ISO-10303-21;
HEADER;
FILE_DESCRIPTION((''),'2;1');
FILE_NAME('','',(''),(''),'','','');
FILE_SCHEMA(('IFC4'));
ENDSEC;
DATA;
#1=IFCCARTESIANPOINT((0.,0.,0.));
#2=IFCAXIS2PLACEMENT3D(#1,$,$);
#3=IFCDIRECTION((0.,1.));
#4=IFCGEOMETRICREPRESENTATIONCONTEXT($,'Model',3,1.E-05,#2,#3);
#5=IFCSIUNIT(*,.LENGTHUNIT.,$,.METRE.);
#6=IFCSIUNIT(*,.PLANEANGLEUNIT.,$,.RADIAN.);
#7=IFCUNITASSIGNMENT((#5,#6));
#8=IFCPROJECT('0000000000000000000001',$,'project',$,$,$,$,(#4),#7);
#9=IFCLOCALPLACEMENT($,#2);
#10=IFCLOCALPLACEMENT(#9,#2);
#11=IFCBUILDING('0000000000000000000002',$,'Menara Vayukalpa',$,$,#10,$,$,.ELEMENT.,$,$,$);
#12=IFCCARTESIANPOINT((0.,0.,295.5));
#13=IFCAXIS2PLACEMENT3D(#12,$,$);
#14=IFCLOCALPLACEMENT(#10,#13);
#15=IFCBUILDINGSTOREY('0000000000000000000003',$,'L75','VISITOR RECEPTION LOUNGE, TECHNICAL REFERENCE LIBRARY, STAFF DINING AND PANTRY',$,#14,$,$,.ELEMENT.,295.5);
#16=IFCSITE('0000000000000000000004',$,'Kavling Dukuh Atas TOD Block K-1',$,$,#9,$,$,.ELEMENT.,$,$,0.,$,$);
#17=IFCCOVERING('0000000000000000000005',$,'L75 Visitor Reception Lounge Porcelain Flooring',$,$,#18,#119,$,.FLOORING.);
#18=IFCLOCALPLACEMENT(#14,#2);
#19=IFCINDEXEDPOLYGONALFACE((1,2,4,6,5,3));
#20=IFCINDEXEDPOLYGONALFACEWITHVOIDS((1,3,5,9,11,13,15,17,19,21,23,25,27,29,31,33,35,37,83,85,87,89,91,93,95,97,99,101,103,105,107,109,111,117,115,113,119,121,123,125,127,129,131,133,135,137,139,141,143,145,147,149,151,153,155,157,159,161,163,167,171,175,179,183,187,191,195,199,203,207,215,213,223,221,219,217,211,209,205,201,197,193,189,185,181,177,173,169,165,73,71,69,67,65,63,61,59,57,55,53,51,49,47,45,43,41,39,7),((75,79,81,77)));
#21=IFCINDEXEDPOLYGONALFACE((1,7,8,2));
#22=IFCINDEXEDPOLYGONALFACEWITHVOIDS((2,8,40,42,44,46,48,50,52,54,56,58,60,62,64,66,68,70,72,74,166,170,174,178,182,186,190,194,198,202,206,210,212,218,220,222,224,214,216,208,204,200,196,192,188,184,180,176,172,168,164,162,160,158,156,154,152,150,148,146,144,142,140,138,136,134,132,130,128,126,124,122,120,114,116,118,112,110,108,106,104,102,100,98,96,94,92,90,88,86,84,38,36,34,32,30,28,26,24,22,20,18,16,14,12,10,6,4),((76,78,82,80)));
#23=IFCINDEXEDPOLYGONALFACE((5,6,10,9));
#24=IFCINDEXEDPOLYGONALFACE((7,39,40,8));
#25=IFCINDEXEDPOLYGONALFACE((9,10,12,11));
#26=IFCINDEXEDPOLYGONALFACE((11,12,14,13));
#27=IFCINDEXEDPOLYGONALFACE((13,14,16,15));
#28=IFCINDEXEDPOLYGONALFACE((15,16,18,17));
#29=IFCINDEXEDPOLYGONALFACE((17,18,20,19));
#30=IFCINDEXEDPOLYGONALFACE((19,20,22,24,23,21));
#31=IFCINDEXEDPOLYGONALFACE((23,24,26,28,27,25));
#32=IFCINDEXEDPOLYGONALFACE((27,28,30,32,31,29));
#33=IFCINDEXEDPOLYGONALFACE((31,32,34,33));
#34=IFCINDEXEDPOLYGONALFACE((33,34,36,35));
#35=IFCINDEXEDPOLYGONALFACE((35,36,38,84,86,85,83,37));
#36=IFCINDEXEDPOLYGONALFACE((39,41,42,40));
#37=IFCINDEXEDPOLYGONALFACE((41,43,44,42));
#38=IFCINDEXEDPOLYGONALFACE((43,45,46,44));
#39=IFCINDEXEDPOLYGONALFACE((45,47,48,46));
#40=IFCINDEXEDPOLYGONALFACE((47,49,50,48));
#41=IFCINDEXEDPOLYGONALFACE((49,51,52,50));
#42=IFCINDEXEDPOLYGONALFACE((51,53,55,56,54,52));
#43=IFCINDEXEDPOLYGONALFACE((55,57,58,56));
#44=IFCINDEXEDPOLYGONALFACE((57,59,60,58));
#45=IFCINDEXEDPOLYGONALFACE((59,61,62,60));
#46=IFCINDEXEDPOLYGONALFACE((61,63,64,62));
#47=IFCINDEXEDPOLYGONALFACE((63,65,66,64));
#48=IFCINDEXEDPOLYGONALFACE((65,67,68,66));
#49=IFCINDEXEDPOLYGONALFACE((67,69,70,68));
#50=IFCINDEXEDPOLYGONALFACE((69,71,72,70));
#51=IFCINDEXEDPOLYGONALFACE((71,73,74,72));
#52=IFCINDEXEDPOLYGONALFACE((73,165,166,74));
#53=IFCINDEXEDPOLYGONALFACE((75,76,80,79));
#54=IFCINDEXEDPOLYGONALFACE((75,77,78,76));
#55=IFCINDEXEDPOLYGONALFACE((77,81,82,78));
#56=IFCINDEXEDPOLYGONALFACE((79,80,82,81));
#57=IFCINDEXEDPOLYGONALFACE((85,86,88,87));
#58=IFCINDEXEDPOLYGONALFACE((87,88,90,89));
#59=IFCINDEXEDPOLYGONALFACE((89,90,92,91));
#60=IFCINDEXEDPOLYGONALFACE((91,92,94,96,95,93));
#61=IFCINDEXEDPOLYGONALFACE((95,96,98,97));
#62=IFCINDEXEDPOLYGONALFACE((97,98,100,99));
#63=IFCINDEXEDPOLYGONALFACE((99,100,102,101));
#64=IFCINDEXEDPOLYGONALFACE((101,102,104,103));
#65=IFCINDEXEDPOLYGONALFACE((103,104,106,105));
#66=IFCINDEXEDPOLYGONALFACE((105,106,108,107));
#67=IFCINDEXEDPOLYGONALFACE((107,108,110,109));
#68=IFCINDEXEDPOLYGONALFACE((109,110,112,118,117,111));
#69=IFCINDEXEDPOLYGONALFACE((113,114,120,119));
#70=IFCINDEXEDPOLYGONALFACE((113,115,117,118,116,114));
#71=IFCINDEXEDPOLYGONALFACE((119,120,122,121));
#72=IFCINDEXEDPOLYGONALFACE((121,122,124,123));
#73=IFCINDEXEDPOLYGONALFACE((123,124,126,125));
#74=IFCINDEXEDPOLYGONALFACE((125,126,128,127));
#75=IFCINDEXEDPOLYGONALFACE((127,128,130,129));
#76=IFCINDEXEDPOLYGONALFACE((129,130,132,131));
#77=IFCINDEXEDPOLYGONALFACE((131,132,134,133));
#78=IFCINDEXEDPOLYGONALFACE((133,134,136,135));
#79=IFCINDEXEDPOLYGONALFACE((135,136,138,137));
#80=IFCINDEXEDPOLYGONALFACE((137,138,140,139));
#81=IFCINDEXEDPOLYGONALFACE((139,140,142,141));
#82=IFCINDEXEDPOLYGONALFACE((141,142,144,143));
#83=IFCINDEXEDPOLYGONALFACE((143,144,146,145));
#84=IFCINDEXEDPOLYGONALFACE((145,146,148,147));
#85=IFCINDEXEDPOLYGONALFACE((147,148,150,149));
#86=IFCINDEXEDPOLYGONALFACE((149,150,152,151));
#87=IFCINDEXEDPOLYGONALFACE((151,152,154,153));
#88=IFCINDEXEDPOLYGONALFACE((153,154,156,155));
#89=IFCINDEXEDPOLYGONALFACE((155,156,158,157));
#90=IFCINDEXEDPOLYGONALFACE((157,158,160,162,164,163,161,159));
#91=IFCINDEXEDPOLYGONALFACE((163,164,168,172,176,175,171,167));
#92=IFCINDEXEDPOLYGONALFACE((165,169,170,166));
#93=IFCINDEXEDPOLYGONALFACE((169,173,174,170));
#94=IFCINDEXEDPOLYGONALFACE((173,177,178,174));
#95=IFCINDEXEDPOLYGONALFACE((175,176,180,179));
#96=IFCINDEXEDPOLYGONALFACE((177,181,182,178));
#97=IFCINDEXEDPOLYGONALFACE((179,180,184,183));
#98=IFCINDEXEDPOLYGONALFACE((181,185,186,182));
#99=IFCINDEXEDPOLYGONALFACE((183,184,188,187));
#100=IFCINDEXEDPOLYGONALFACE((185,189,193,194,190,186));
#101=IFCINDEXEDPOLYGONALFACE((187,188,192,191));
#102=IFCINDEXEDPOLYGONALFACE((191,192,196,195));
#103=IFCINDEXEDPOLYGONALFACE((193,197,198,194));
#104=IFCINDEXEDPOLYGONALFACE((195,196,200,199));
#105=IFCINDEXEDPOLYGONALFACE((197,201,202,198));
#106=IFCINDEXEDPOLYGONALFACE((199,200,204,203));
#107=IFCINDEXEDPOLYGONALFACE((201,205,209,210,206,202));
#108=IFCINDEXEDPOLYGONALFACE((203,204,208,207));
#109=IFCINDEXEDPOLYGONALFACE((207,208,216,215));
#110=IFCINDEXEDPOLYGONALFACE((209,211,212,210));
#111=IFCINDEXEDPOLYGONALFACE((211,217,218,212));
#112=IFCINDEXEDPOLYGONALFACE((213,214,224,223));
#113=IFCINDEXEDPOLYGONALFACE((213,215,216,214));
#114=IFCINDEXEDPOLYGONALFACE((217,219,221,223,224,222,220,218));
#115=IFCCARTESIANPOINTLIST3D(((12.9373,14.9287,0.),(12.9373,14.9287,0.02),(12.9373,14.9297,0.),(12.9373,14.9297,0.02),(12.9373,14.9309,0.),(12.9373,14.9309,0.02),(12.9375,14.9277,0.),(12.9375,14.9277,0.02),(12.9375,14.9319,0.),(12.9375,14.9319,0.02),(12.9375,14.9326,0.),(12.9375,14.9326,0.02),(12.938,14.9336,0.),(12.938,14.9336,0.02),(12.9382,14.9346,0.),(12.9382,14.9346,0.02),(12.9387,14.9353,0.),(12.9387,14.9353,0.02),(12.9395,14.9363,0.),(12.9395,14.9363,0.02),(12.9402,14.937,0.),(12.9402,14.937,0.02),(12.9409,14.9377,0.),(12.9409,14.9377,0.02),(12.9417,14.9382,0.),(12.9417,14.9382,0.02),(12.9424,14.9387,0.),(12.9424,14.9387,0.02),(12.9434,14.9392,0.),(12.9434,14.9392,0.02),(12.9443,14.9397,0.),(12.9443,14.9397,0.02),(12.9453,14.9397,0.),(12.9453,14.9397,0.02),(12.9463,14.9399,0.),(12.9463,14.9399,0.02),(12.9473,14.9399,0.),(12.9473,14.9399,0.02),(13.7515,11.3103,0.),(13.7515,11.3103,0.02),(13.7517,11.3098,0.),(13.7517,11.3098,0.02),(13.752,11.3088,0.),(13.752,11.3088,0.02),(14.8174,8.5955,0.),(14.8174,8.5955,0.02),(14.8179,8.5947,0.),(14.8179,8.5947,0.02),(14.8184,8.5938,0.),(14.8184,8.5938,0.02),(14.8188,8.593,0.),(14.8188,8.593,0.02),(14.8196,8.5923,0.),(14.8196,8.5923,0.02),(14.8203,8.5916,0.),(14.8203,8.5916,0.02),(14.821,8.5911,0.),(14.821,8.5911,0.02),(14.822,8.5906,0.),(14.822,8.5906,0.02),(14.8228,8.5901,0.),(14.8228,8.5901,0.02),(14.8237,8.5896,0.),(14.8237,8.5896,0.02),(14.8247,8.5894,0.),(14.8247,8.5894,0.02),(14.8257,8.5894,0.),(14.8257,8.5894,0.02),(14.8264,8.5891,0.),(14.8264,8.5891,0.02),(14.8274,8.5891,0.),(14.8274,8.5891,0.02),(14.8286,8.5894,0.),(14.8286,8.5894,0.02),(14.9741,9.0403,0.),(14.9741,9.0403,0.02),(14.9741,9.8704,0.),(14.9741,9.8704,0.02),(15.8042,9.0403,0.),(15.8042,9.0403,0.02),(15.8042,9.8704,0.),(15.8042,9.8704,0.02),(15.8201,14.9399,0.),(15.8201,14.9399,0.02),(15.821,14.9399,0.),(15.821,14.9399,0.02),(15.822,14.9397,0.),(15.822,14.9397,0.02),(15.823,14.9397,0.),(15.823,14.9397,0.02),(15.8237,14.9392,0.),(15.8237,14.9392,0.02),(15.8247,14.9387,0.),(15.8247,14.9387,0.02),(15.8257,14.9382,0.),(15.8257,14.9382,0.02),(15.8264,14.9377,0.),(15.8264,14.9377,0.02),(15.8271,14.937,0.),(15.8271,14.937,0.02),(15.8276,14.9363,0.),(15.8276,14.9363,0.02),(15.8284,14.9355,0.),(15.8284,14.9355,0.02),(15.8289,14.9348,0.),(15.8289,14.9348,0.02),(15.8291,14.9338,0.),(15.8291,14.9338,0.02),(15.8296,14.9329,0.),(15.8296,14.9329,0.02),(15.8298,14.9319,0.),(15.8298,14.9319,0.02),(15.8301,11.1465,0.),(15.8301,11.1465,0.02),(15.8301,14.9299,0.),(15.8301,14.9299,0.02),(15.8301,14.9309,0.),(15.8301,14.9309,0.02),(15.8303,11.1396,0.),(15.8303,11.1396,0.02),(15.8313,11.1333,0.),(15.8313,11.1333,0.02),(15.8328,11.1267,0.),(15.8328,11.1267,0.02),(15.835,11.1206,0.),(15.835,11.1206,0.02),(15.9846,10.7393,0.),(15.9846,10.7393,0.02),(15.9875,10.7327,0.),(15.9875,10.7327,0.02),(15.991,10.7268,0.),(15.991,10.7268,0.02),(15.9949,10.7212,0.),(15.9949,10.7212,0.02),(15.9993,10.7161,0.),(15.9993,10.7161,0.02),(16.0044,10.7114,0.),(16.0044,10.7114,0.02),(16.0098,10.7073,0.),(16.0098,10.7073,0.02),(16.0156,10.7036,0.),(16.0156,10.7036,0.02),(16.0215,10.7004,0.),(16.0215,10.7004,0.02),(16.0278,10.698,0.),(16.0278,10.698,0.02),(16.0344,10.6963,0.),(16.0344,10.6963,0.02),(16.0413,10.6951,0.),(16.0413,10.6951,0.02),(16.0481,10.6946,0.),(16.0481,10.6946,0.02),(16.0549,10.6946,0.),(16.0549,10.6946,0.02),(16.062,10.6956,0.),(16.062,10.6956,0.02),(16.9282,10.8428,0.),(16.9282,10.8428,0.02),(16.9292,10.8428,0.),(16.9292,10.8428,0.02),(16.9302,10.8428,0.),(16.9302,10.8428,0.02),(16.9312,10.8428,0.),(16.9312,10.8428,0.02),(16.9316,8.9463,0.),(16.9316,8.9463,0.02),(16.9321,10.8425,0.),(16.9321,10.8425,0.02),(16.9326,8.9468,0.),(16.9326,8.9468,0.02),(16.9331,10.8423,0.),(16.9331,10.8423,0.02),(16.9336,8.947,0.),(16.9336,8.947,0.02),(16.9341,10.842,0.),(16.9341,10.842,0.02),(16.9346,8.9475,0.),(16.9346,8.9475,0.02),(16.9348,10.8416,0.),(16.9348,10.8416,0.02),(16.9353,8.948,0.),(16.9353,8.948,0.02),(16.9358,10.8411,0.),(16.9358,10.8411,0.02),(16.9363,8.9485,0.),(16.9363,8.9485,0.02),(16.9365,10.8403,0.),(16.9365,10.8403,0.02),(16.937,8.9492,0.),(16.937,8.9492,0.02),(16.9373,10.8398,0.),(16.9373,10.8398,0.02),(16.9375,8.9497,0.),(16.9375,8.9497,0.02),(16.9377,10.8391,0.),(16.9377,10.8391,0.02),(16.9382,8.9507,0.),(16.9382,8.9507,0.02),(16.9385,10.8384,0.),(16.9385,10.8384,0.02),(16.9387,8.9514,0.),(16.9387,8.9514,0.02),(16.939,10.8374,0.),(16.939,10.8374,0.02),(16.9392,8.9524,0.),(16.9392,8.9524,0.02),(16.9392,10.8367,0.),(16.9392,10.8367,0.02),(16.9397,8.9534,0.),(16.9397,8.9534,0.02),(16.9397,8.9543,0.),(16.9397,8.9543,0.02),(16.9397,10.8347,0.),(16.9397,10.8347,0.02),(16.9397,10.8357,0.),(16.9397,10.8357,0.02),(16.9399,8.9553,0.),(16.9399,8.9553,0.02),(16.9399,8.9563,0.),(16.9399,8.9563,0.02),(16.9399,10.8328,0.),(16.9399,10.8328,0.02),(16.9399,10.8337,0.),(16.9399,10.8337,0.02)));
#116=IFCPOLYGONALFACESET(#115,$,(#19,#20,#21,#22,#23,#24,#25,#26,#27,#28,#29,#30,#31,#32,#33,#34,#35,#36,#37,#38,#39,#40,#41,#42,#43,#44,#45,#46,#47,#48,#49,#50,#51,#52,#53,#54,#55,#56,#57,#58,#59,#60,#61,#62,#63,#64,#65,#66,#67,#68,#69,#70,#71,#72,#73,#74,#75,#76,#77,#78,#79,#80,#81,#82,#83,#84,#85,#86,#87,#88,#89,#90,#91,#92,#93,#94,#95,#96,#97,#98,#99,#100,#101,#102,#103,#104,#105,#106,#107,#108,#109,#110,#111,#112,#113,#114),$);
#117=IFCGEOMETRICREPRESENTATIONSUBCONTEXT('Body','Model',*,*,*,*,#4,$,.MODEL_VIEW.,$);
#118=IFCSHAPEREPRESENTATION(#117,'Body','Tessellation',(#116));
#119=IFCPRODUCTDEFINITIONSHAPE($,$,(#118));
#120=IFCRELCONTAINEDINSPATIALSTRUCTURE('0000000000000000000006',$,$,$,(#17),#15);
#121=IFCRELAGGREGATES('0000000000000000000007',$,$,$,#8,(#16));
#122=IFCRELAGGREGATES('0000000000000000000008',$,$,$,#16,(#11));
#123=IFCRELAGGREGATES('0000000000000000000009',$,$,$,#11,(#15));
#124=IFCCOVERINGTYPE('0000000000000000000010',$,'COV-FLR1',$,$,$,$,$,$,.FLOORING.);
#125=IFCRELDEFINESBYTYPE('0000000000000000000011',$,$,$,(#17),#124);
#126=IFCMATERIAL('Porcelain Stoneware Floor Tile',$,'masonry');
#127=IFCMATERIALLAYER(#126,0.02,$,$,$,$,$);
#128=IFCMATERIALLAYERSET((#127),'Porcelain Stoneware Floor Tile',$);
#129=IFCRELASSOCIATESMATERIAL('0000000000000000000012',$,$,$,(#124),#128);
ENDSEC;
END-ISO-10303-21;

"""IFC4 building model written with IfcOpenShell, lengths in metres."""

from ifc_helpers import new_model, si_unit, direction, frame, origin, place, context, subcontext, project, spatial, polyline, outline, extrude, material, layer, layer_set, type_object, element, save


model = new_model("IFC4")

# Units and contexts
model_context = context("Model", 3, precision=1e-05, world=origin(), true_north=direction((0.0, 1.0)))
body_context = subcontext(model_context, "Body", "Model", "MODEL_VIEW")
ifc_project = project(units=[si_unit("LENGTHUNIT", "METRE"), si_unit("PLANEANGLEUNIT", "RADIAN")], contexts=[model_context])

# Site, building, storey
site_placement = place(None, origin())
site = spatial("IfcSite", under=ifc_project, at=site_placement, Name="Kavling Dukuh Atas TOD Block K-1", CompositionType="ELEMENT", RefElevation=0.0)
building_placement = place(site_placement, origin())
building = spatial("IfcBuilding", under=site, at=building_placement, Name="Menara Vayukalpa", CompositionType="ELEMENT")
storey_placement = place(building_placement, frame((0.0, 0.0, 295.5)))
storey = spatial("IfcBuildingStorey", under=building, at=storey_placement, Name="L75", Description="VISITOR RECEPTION LOUNGE, TECHNICAL REFERENCE LIBRARY, STAFF DINING AND PANTRY", CompositionType="ELEMENT", Elevation=295.5)

# Covering
ifc_material_1 = material(Name="Porcelain Stoneware Floor Tile", Category="masonry")
ifc_layer_1 = layer(ifc_material_1, 0.02)
ifc_layer_set_1 = layer_set([ifc_layer_1], Name="Porcelain Stoneware Floor Tile")
covering_type_1 = type_object("IfcCoveringType", Name="COV-FLR1", PredefinedType="FLOORING", material=ifc_layer_set_1)
covering_1_placement = place(storey_placement, origin())
element("IfcCovering", 1, at=covering_1_placement, inside=storey, type_object=covering_type_1, Name="L75 Visitor Reception Lounge Porcelain Flooring", PredefinedType="FLOORING", context=body_context, shape_type="SweptSolid", body=[
    extrude(outline(polyline([(14.8264, 8.5891), (14.8257, 8.5894), (14.8247, 8.5894), (14.8237, 8.5896), (14.8228, 8.5901), (14.822, 8.5906), (14.821, 8.5911), (14.8203, 8.5916), (14.8196, 8.5923), (14.8188, 8.593), (14.8184, 8.5938), (14.8179, 8.5947), (14.8174, 8.5955), (13.752, 11.3088), (13.7517, 11.3098), (13.7515, 11.3103), (12.9375, 14.9277), (12.9373, 14.9287), (12.9373, 14.9297), (12.9373, 14.9309), (12.9375, 14.9319), (12.9375, 14.9326), (12.938, 14.9336), (12.9382, 14.9346), (12.9387, 14.9353), (12.9395, 14.9363), (12.9402, 14.937), (12.9409, 14.9377), (12.9417, 14.9382), (12.9424, 14.9387), (12.9434, 14.9392), (12.9443, 14.9397), (12.9453, 14.9397), (12.9463, 14.9399), (12.9473, 14.9399), (15.8201, 14.9399), (15.821, 14.9399), (15.822, 14.9397), (15.823, 14.9397), (15.8237, 14.9392), (15.8247, 14.9387), (15.8257, 14.9382), (15.8264, 14.9377), (15.8271, 14.937), (15.8276, 14.9363), (15.8284, 14.9355), (15.8289, 14.9348), (15.8291, 14.9338), (15.8296, 14.9329), (15.8298, 14.9319), (15.8301, 14.9309), (15.8301, 14.9299), (15.8301, 11.1465), (15.8303, 11.1396), (15.8313, 11.1333), (15.8328, 11.1267), (15.835, 11.1206), (15.9846, 10.7393), (15.9875, 10.7327), (15.991, 10.7268), (15.9949, 10.7212), (15.9993, 10.7161), (16.0044, 10.7114), (16.0098, 10.7073), (16.0156, 10.7036), (16.0215, 10.7004), (16.0278, 10.698), (16.0344, 10.6963), (16.0413, 10.6951), (16.0481, 10.6946), (16.0549, 10.6946), (16.062, 10.6956), (16.9282, 10.8428), (16.9292, 10.8428), (16.9302, 10.8428), (16.9312, 10.8428), (16.9321, 10.8425), (16.9331, 10.8423), (16.9341, 10.842), (16.9348, 10.8416), (16.9358, 10.8411), (16.9365, 10.8403), (16.9373, 10.8398), (16.9377, 10.8391), (16.9385, 10.8384), (16.939, 10.8374), (16.9392, 10.8367), (16.9397, 10.8357), (16.9397, 10.8347), (16.9399, 10.8337), (16.9399, 10.8328), (16.9399, 8.9563), (16.9399, 8.9553), (16.9397, 8.9543), (16.9397, 8.9534), (16.9392, 8.9524), (16.9387, 8.9514), (16.9382, 8.9507), (16.9375, 8.9497), (16.937, 8.9492), (16.9363, 8.9485), (16.9353, 8.948), (16.9346, 8.9475), (16.9336, 8.947), (16.9326, 8.9468), (16.9316, 8.9463), (14.8286, 8.5894), (14.8274, 8.5891), (14.8264, 8.5891)]), holes=[polyline([(14.9741, 9.8704), (14.9741, 9.0403), (15.8042, 9.0403), (15.8042, 9.8704), (14.9741, 9.8704)])]), origin(), (0.0, 0.0, 1.0), 0.02),
])

save(model, "model.ifc")
